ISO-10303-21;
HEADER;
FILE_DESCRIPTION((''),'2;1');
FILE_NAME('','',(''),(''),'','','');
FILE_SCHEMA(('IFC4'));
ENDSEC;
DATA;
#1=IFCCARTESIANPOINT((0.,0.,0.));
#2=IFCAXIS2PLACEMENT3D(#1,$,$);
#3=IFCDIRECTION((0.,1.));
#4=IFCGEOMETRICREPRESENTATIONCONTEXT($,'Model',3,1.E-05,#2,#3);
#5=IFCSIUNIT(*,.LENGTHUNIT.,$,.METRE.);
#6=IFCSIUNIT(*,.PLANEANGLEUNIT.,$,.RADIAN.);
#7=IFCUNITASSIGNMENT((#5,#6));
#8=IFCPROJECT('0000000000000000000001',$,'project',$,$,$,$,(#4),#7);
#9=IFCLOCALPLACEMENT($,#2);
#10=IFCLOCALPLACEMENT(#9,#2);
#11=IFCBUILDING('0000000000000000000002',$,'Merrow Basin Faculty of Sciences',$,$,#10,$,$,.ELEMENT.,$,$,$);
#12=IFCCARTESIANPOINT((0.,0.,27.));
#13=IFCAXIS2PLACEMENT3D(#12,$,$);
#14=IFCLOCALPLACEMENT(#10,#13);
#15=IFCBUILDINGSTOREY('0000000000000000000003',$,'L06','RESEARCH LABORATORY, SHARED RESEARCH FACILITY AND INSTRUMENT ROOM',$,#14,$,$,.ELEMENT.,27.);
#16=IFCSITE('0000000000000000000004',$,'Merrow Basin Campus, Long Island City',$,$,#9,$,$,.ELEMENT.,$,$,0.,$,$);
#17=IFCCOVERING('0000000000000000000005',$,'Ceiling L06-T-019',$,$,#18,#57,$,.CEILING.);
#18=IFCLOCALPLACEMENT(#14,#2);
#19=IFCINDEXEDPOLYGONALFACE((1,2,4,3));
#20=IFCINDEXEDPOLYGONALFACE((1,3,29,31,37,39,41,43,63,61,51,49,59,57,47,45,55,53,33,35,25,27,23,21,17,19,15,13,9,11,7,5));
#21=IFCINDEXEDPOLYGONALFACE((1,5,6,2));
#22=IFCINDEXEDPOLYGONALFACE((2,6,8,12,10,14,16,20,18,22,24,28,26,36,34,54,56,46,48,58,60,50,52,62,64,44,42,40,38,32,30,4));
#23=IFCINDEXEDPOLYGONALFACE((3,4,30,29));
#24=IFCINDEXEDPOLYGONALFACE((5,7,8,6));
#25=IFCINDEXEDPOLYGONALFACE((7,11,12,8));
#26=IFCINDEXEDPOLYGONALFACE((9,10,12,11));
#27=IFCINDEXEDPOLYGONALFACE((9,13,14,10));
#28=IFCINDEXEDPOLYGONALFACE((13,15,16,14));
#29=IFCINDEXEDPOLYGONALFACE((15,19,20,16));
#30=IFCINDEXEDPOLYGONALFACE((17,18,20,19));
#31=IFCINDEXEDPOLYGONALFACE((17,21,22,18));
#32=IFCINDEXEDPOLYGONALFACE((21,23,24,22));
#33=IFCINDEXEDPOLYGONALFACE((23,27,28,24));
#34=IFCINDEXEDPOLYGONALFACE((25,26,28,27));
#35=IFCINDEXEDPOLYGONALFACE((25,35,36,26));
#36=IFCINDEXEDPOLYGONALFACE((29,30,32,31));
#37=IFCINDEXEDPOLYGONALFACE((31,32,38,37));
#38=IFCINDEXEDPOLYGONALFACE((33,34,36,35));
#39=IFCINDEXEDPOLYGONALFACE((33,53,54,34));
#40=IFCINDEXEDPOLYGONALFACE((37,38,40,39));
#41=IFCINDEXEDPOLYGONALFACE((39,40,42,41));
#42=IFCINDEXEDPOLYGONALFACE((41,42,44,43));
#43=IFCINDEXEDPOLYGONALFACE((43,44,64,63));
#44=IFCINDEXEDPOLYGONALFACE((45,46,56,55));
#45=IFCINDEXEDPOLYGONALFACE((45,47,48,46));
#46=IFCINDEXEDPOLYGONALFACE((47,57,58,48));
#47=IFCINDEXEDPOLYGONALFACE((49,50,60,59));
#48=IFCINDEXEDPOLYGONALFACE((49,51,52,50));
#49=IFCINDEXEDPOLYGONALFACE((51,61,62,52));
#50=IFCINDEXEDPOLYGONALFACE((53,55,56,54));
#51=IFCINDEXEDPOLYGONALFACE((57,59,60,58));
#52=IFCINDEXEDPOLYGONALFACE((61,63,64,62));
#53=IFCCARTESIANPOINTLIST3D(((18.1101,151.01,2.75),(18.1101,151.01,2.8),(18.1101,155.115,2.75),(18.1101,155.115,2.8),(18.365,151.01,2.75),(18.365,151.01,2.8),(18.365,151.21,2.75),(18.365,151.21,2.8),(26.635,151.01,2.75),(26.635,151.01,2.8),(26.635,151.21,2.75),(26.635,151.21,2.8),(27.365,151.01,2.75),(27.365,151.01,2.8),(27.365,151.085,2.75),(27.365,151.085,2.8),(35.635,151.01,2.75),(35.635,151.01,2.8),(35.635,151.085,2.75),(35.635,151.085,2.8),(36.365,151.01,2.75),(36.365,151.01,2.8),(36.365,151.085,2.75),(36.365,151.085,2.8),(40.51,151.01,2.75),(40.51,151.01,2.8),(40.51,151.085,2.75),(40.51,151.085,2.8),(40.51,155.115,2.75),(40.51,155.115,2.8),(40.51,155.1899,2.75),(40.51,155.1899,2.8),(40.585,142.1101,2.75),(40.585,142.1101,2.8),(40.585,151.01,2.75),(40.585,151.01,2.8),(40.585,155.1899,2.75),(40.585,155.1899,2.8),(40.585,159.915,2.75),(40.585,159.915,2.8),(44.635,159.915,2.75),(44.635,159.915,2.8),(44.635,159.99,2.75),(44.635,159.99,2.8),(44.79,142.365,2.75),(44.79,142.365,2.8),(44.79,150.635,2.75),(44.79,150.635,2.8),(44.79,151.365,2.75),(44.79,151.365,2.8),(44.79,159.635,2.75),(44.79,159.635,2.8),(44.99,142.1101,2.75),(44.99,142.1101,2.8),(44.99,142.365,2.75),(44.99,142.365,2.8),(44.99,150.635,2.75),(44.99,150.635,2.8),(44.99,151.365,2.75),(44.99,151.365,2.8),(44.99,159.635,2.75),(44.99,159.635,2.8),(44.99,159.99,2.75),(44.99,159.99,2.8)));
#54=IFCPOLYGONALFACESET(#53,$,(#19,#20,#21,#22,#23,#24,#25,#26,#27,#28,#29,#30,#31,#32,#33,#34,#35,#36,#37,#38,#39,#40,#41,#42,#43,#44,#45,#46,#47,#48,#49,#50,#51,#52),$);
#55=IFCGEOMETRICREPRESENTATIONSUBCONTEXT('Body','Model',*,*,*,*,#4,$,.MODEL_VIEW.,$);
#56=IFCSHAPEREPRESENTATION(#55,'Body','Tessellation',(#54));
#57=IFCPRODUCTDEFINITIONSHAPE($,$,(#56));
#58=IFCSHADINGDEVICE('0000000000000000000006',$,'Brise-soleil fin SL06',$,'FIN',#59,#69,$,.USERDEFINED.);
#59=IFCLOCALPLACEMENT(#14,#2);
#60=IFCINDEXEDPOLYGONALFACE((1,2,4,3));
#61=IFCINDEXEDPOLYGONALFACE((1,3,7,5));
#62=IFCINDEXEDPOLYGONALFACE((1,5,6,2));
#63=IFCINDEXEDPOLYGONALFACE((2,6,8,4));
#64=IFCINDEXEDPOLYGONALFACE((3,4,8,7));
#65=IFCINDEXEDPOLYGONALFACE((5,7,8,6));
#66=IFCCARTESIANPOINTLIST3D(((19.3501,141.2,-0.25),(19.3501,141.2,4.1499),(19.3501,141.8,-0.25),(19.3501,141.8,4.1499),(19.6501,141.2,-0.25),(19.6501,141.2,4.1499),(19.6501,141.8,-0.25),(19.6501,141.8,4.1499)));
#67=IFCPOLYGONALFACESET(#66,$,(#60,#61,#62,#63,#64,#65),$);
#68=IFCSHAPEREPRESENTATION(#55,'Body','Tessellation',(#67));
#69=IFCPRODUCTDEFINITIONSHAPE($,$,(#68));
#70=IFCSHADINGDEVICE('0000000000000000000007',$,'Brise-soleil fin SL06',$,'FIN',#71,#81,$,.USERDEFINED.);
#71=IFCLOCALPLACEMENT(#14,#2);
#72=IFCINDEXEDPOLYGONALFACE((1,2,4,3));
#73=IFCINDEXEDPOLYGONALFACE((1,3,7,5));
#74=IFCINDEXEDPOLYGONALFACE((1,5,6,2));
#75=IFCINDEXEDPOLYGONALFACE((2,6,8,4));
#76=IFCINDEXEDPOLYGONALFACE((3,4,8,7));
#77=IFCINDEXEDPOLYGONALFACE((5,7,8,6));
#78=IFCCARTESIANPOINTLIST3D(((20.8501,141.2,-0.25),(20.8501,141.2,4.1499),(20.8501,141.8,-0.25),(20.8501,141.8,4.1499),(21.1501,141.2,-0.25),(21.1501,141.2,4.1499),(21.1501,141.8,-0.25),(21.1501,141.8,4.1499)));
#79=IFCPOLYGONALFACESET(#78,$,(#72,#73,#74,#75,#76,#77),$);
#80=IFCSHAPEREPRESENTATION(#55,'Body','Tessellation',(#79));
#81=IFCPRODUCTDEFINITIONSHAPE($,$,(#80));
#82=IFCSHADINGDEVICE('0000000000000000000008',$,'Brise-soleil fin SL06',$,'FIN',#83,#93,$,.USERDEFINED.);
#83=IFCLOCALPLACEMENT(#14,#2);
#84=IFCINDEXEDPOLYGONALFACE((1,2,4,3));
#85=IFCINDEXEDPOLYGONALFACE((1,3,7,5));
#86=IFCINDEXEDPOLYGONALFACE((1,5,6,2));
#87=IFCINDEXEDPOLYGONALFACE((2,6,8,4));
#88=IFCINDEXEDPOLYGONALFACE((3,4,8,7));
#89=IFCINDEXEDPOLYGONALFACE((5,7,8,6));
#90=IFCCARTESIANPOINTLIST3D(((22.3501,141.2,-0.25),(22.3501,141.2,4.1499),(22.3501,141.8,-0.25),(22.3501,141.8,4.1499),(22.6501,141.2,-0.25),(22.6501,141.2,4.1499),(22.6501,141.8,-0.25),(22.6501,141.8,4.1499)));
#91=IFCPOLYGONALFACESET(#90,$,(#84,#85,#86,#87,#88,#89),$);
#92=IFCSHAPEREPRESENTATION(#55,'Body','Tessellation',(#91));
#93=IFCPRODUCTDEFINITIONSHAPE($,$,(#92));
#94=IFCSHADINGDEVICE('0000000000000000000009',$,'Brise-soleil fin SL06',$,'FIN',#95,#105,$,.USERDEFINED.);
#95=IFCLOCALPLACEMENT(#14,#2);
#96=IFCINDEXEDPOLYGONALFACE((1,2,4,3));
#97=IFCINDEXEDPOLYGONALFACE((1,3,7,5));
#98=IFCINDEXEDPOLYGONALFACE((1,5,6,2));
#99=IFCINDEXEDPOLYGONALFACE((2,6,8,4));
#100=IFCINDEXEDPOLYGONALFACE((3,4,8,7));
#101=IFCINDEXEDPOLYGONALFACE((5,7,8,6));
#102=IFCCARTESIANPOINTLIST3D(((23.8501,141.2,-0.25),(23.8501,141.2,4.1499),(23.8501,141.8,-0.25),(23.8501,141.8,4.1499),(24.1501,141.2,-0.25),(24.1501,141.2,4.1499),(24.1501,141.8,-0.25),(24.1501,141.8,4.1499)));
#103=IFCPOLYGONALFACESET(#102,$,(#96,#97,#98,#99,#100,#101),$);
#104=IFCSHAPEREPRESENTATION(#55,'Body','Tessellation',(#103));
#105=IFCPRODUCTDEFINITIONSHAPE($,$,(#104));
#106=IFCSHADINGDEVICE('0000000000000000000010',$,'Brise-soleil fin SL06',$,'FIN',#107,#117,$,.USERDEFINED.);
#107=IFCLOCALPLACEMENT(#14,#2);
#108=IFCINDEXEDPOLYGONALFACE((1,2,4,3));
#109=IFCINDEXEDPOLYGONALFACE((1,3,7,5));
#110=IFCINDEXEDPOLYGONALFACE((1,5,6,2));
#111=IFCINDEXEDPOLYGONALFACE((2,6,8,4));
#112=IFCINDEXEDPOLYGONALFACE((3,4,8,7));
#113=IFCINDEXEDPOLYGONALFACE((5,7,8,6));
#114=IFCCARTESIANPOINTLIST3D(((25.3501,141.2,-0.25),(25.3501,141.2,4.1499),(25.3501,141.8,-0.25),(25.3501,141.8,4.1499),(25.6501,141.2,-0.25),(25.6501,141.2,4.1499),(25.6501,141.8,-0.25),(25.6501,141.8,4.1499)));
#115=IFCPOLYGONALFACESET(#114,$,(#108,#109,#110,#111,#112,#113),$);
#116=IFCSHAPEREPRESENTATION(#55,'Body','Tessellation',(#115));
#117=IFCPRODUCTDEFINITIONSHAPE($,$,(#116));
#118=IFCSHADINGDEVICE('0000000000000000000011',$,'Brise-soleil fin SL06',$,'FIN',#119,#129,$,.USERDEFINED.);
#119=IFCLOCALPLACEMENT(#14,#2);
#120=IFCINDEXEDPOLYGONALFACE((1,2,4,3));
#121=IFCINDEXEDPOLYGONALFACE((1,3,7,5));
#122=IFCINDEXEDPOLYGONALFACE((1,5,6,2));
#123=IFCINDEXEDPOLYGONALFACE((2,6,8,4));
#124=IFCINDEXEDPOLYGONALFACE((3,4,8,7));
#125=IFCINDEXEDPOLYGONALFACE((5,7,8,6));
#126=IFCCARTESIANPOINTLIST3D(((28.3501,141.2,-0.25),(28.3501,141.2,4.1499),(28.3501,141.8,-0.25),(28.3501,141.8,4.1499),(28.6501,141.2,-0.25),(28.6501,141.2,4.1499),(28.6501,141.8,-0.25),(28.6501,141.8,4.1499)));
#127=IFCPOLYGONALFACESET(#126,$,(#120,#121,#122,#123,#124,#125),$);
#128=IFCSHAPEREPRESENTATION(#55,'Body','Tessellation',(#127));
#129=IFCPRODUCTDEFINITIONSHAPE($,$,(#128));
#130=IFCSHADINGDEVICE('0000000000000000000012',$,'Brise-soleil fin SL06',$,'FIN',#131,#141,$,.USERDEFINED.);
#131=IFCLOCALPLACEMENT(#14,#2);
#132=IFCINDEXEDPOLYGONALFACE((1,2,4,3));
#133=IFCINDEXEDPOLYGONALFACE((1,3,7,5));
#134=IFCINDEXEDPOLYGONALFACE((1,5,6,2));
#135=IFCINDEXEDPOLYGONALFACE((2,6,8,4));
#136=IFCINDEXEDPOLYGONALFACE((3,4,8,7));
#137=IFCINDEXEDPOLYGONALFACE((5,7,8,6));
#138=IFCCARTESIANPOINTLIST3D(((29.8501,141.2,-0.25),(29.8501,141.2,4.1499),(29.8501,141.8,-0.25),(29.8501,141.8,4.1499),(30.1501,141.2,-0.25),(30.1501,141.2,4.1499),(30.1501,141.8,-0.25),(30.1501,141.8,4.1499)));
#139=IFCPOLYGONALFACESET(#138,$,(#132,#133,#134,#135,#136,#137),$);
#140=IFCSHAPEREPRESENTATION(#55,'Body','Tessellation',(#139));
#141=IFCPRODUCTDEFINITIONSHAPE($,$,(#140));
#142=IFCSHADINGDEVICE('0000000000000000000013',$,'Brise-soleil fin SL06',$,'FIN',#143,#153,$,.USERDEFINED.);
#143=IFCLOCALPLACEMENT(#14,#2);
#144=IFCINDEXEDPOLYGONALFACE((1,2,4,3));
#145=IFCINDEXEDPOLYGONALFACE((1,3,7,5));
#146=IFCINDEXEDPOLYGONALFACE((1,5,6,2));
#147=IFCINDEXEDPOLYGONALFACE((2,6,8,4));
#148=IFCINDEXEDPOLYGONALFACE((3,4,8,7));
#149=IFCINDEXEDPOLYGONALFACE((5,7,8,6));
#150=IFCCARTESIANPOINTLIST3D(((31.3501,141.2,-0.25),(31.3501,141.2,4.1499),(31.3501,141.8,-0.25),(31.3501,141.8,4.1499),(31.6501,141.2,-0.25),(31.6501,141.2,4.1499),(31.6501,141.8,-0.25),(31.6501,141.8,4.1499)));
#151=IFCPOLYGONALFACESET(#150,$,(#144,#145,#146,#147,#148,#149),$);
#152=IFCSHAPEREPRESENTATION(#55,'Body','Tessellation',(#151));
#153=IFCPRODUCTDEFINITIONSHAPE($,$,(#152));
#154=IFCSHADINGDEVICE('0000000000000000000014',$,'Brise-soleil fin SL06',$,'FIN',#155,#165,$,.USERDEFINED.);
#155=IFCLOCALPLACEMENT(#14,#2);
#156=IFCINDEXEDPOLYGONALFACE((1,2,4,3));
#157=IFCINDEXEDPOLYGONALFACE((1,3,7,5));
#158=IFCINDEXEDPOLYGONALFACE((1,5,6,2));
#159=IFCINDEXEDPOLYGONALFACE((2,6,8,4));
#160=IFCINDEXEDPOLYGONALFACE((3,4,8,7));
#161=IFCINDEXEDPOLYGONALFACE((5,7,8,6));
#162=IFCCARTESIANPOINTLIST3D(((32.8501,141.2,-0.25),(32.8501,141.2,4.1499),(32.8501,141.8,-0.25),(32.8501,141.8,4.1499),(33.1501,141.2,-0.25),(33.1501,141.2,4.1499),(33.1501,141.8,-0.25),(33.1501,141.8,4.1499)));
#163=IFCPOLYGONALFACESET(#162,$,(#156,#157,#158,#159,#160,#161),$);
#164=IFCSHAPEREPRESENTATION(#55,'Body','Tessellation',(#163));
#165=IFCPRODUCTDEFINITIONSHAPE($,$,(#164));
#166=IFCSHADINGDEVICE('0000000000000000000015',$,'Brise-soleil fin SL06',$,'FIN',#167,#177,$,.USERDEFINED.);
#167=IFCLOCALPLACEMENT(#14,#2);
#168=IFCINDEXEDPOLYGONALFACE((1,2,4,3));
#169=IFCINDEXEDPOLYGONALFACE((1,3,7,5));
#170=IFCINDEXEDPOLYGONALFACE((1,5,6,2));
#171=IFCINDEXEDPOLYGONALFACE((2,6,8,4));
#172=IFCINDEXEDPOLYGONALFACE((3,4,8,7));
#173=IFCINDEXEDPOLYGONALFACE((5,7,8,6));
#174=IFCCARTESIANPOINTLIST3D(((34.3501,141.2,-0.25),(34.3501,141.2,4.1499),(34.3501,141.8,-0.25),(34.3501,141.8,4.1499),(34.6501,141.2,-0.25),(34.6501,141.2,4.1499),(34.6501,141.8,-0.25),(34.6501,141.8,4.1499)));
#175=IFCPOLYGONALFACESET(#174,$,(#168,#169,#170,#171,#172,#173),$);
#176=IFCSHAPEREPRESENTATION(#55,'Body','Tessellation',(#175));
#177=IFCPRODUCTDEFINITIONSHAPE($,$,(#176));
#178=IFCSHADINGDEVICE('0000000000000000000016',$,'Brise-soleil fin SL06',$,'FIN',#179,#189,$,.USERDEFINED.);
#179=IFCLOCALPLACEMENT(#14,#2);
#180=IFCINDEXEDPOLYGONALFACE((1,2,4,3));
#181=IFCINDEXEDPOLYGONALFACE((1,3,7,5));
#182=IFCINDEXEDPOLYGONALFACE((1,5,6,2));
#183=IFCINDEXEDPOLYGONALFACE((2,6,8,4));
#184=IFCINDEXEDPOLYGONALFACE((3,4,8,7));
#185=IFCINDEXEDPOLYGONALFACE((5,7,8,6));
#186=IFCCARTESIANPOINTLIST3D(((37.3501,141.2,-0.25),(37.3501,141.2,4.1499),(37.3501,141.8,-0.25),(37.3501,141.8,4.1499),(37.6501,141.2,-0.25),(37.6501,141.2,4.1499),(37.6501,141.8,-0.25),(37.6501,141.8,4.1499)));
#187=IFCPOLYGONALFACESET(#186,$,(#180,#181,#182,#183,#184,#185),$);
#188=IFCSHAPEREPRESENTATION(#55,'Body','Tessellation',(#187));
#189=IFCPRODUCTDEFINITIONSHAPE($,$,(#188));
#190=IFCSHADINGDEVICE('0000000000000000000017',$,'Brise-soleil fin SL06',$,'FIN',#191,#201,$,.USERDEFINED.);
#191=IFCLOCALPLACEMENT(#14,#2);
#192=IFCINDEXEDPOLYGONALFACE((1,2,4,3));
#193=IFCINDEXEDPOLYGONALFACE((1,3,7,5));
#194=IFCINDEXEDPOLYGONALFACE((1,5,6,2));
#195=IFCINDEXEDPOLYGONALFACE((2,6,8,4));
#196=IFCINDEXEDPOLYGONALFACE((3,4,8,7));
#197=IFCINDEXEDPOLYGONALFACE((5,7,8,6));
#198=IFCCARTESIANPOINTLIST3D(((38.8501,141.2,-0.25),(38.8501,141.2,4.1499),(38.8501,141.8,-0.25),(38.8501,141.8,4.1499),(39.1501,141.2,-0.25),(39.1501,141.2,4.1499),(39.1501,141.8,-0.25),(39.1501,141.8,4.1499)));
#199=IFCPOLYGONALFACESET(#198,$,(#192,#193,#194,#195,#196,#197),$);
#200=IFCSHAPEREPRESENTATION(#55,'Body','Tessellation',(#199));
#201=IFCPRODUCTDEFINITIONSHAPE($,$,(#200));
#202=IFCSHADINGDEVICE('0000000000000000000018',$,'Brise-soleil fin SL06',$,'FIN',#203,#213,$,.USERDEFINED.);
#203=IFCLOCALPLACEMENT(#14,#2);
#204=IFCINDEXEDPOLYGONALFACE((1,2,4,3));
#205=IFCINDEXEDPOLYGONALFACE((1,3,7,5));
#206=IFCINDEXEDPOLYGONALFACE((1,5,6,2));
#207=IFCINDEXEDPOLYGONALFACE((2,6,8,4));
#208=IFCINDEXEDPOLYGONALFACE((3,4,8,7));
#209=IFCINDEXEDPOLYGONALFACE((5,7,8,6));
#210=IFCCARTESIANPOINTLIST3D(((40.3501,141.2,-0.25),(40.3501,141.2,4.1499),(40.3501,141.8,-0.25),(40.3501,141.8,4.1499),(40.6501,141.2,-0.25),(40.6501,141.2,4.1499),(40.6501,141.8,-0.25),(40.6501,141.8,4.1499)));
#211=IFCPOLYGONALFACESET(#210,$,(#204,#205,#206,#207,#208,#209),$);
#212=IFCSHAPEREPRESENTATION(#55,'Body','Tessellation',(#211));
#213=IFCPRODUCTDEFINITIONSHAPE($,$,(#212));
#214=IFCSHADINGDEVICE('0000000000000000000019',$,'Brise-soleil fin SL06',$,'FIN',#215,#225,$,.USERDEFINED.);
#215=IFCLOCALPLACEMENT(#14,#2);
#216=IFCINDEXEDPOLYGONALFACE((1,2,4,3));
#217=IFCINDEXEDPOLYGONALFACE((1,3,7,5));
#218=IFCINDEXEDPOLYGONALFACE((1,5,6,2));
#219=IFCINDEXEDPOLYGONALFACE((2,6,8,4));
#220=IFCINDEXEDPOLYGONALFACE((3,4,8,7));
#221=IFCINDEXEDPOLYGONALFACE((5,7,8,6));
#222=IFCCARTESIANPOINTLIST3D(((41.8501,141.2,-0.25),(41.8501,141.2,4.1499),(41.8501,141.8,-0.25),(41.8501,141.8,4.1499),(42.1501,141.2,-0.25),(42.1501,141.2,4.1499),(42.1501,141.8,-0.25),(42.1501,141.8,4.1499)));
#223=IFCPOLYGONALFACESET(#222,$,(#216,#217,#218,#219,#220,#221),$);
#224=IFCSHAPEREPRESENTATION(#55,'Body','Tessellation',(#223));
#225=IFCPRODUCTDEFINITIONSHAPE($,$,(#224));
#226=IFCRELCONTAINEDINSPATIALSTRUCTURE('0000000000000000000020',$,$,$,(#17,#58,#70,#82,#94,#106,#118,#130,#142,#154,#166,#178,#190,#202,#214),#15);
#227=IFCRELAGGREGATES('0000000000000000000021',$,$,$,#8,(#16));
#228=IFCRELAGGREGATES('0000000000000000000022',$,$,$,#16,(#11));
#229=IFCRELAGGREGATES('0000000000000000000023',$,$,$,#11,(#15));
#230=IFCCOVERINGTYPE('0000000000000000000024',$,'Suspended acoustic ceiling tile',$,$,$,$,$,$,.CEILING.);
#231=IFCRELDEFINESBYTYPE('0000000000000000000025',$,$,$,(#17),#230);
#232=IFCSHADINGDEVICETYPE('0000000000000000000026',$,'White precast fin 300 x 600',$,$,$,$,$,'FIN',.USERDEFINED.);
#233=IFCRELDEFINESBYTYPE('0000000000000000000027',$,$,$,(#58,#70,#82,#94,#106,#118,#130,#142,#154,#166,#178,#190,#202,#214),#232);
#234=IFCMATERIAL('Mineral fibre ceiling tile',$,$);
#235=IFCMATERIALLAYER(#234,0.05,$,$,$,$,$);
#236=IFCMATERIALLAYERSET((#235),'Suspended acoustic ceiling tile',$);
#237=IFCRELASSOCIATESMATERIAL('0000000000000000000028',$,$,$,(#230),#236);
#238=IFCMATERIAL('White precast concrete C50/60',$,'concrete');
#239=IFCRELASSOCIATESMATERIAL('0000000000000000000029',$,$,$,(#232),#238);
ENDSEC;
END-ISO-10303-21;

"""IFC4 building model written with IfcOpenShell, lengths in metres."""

from ifc_helpers import new_model, si_unit, direction, frame, origin, place, context, subcontext, project, spatial, polyline, outline, extrude, source, transform, mapped, material, layer, layer_set, type_object, element, save


model = new_model("IFC4")

# Units and contexts
model_context = context("Model", 3, precision=1e-05, world=origin(), true_north=direction((0.0, 1.0)))
body_context = subcontext(model_context, "Body", "Model", "MODEL_VIEW")
ifc_project = project(units=[si_unit("LENGTHUNIT", "METRE"), si_unit("PLANEANGLEUNIT", "RADIAN")], contexts=[model_context])

# Site, building, storey
site_placement = place(None, origin())
site = spatial("IfcSite", under=ifc_project, at=site_placement, Name="Merrow Basin Campus, Long Island City", CompositionType="ELEMENT", RefElevation=0.0)
building_placement = place(site_placement, origin())
building = spatial("IfcBuilding", under=site, at=building_placement, Name="Merrow Basin Faculty of Sciences", CompositionType="ELEMENT")
storey_placement = place(building_placement, frame((0.0, 0.0, 27.0)))
storey = spatial("IfcBuildingStorey", under=building, at=storey_placement, Name="L06", Description="RESEARCH LABORATORY, SHARED RESEARCH FACILITY AND INSTRUMENT ROOM", CompositionType="ELEMENT", Elevation=27.0)

# Covering
ifc_material_1 = material(Name="Mineral fibre ceiling tile")
ifc_layer_1 = layer(ifc_material_1, 0.05)
ifc_layer_set_1 = layer_set([ifc_layer_1], Name="Suspended acoustic ceiling tile")
covering_type_1 = type_object("IfcCoveringType", Name="Suspended acoustic ceiling tile", PredefinedType="CEILING", material=ifc_layer_set_1)
covering_1_placement = place(storey_placement, frame((0.0, 0.0, 2.75)))
element("IfcCovering", 1, at=covering_1_placement, inside=storey, type_object=covering_type_1, Name="Ceiling L06-T-019", PredefinedType="CEILING", context=body_context, shape_type="SweptSolid", body=[
    extrude(outline(polyline([(44.99, 159.635), (44.79, 159.635), (44.79, 151.365), (44.99, 151.365), (44.99, 150.635), (44.79, 150.635), (44.79, 142.365), (44.99, 142.365), (44.99, 142.1101), (40.585, 142.1101), (40.585, 151.01), (40.51, 151.01), (40.51, 151.085), (36.365, 151.085), (36.365, 151.01), (35.635, 151.01), (35.635, 151.085), (27.365, 151.085), (27.365, 151.01), (26.635, 151.01), (26.635, 151.21), (18.365, 151.21), (18.365, 151.01), (18.1101, 151.01), (18.1101, 155.115), (40.51, 155.115), (40.51, 155.1899), (40.585, 155.1899), (40.585, 159.915), (44.635, 159.915), (44.635, 159.99), (44.99, 159.99), (44.99, 159.635)])), origin(), (0.0, 0.0, 1.0), 0.05),
])

# Shading devices
ifc_material_2 = material(Name="White precast concrete C50/60", Category="concrete")
shading_device_type = type_object("IfcShadingDeviceType", Name="White precast fin 300 x 600", ElementType="FIN", PredefinedType="USERDEFINED", material=ifc_material_2)
shared_shape = source(origin(), body_context, "Body", "SweptSolid", [
    extrude(outline(polyline([(0.0, 0.0), (0.3, 0.0), (0.3, 4.3999), (0.0, 4.3999), (0.0, 0.0)])), origin(), (0.0, 0.0, 1.0), 0.6001),
])
for number, where, z_axis, x_axis, name in (
    (2, (19.3501, 141.8, -0.25), (0.0, -1.0, 0.0), (1.0, 0.0, 0.0), "Brise-soleil fin SL06"),
    (3, (20.8501, 141.8, -0.25), (0.0, -1.0, 0.0), (1.0, 0.0, 0.0), "Brise-soleil fin SL06"),
    (4, (22.3501, 141.8, -0.25), (0.0, -1.0, 0.0), (1.0, 0.0, 0.0), "Brise-soleil fin SL06"),
    (5, (23.8501, 141.8, -0.25), (0.0, -1.0, 0.0), (1.0, 0.0, 0.0), "Brise-soleil fin SL06"),
    (6, (25.3501, 141.8, -0.25), (0.0, -1.0, 0.0), (1.0, 0.0, 0.0), "Brise-soleil fin SL06"),
    (7, (28.3501, 141.8, -0.25), (0.0, -1.0, 0.0), (1.0, 0.0, 0.0), "Brise-soleil fin SL06"),
    (8, (29.8501, 141.8, -0.25), (0.0, -1.0, 0.0), (1.0, 0.0, 0.0), "Brise-soleil fin SL06"),
    (9, (31.3501, 141.8, -0.25), (0.0, -1.0, 0.0), (1.0, 0.0, 0.0), "Brise-soleil fin SL06"),
    (10, (32.8501, 141.8, -0.25), (0.0, -1.0, 0.0), (1.0, 0.0, 0.0), "Brise-soleil fin SL06"),
    (11, (34.3501, 141.8, -0.25), (0.0, -1.0, 0.0), (1.0, 0.0, 0.0), "Brise-soleil fin SL06"),
    (12, (37.3501, 141.8, -0.25), (0.0, -1.0, 0.0), (1.0, 0.0, 0.0), "Brise-soleil fin SL06"),
    (13, (38.8501, 141.8, -0.25), (0.0, -1.0, 0.0), (1.0, 0.0, 0.0), "Brise-soleil fin SL06"),
    (14, (40.3501, 141.8, -0.25), (0.0, -1.0, 0.0), (1.0, 0.0, 0.0), "Brise-soleil fin SL06"),
    (15, (41.8501, 141.8, -0.25), (0.0, -1.0, 0.0), (1.0, 0.0, 0.0), "Brise-soleil fin SL06"),
):
    element("IfcShadingDevice", number, at=place(storey_placement, frame(where, z_axis=z_axis, x_axis=x_axis)), inside=storey, type_object=shading_device_type, Name=name, ObjectType="FIN", PredefinedType="USERDEFINED", context=body_context, shape_type="MappedRepresentation", body=[
        mapped(shared_shape, transform((0.0, 0.0, 0.0), scale=1.0)),
    ])

save(model, "model.ifc")
